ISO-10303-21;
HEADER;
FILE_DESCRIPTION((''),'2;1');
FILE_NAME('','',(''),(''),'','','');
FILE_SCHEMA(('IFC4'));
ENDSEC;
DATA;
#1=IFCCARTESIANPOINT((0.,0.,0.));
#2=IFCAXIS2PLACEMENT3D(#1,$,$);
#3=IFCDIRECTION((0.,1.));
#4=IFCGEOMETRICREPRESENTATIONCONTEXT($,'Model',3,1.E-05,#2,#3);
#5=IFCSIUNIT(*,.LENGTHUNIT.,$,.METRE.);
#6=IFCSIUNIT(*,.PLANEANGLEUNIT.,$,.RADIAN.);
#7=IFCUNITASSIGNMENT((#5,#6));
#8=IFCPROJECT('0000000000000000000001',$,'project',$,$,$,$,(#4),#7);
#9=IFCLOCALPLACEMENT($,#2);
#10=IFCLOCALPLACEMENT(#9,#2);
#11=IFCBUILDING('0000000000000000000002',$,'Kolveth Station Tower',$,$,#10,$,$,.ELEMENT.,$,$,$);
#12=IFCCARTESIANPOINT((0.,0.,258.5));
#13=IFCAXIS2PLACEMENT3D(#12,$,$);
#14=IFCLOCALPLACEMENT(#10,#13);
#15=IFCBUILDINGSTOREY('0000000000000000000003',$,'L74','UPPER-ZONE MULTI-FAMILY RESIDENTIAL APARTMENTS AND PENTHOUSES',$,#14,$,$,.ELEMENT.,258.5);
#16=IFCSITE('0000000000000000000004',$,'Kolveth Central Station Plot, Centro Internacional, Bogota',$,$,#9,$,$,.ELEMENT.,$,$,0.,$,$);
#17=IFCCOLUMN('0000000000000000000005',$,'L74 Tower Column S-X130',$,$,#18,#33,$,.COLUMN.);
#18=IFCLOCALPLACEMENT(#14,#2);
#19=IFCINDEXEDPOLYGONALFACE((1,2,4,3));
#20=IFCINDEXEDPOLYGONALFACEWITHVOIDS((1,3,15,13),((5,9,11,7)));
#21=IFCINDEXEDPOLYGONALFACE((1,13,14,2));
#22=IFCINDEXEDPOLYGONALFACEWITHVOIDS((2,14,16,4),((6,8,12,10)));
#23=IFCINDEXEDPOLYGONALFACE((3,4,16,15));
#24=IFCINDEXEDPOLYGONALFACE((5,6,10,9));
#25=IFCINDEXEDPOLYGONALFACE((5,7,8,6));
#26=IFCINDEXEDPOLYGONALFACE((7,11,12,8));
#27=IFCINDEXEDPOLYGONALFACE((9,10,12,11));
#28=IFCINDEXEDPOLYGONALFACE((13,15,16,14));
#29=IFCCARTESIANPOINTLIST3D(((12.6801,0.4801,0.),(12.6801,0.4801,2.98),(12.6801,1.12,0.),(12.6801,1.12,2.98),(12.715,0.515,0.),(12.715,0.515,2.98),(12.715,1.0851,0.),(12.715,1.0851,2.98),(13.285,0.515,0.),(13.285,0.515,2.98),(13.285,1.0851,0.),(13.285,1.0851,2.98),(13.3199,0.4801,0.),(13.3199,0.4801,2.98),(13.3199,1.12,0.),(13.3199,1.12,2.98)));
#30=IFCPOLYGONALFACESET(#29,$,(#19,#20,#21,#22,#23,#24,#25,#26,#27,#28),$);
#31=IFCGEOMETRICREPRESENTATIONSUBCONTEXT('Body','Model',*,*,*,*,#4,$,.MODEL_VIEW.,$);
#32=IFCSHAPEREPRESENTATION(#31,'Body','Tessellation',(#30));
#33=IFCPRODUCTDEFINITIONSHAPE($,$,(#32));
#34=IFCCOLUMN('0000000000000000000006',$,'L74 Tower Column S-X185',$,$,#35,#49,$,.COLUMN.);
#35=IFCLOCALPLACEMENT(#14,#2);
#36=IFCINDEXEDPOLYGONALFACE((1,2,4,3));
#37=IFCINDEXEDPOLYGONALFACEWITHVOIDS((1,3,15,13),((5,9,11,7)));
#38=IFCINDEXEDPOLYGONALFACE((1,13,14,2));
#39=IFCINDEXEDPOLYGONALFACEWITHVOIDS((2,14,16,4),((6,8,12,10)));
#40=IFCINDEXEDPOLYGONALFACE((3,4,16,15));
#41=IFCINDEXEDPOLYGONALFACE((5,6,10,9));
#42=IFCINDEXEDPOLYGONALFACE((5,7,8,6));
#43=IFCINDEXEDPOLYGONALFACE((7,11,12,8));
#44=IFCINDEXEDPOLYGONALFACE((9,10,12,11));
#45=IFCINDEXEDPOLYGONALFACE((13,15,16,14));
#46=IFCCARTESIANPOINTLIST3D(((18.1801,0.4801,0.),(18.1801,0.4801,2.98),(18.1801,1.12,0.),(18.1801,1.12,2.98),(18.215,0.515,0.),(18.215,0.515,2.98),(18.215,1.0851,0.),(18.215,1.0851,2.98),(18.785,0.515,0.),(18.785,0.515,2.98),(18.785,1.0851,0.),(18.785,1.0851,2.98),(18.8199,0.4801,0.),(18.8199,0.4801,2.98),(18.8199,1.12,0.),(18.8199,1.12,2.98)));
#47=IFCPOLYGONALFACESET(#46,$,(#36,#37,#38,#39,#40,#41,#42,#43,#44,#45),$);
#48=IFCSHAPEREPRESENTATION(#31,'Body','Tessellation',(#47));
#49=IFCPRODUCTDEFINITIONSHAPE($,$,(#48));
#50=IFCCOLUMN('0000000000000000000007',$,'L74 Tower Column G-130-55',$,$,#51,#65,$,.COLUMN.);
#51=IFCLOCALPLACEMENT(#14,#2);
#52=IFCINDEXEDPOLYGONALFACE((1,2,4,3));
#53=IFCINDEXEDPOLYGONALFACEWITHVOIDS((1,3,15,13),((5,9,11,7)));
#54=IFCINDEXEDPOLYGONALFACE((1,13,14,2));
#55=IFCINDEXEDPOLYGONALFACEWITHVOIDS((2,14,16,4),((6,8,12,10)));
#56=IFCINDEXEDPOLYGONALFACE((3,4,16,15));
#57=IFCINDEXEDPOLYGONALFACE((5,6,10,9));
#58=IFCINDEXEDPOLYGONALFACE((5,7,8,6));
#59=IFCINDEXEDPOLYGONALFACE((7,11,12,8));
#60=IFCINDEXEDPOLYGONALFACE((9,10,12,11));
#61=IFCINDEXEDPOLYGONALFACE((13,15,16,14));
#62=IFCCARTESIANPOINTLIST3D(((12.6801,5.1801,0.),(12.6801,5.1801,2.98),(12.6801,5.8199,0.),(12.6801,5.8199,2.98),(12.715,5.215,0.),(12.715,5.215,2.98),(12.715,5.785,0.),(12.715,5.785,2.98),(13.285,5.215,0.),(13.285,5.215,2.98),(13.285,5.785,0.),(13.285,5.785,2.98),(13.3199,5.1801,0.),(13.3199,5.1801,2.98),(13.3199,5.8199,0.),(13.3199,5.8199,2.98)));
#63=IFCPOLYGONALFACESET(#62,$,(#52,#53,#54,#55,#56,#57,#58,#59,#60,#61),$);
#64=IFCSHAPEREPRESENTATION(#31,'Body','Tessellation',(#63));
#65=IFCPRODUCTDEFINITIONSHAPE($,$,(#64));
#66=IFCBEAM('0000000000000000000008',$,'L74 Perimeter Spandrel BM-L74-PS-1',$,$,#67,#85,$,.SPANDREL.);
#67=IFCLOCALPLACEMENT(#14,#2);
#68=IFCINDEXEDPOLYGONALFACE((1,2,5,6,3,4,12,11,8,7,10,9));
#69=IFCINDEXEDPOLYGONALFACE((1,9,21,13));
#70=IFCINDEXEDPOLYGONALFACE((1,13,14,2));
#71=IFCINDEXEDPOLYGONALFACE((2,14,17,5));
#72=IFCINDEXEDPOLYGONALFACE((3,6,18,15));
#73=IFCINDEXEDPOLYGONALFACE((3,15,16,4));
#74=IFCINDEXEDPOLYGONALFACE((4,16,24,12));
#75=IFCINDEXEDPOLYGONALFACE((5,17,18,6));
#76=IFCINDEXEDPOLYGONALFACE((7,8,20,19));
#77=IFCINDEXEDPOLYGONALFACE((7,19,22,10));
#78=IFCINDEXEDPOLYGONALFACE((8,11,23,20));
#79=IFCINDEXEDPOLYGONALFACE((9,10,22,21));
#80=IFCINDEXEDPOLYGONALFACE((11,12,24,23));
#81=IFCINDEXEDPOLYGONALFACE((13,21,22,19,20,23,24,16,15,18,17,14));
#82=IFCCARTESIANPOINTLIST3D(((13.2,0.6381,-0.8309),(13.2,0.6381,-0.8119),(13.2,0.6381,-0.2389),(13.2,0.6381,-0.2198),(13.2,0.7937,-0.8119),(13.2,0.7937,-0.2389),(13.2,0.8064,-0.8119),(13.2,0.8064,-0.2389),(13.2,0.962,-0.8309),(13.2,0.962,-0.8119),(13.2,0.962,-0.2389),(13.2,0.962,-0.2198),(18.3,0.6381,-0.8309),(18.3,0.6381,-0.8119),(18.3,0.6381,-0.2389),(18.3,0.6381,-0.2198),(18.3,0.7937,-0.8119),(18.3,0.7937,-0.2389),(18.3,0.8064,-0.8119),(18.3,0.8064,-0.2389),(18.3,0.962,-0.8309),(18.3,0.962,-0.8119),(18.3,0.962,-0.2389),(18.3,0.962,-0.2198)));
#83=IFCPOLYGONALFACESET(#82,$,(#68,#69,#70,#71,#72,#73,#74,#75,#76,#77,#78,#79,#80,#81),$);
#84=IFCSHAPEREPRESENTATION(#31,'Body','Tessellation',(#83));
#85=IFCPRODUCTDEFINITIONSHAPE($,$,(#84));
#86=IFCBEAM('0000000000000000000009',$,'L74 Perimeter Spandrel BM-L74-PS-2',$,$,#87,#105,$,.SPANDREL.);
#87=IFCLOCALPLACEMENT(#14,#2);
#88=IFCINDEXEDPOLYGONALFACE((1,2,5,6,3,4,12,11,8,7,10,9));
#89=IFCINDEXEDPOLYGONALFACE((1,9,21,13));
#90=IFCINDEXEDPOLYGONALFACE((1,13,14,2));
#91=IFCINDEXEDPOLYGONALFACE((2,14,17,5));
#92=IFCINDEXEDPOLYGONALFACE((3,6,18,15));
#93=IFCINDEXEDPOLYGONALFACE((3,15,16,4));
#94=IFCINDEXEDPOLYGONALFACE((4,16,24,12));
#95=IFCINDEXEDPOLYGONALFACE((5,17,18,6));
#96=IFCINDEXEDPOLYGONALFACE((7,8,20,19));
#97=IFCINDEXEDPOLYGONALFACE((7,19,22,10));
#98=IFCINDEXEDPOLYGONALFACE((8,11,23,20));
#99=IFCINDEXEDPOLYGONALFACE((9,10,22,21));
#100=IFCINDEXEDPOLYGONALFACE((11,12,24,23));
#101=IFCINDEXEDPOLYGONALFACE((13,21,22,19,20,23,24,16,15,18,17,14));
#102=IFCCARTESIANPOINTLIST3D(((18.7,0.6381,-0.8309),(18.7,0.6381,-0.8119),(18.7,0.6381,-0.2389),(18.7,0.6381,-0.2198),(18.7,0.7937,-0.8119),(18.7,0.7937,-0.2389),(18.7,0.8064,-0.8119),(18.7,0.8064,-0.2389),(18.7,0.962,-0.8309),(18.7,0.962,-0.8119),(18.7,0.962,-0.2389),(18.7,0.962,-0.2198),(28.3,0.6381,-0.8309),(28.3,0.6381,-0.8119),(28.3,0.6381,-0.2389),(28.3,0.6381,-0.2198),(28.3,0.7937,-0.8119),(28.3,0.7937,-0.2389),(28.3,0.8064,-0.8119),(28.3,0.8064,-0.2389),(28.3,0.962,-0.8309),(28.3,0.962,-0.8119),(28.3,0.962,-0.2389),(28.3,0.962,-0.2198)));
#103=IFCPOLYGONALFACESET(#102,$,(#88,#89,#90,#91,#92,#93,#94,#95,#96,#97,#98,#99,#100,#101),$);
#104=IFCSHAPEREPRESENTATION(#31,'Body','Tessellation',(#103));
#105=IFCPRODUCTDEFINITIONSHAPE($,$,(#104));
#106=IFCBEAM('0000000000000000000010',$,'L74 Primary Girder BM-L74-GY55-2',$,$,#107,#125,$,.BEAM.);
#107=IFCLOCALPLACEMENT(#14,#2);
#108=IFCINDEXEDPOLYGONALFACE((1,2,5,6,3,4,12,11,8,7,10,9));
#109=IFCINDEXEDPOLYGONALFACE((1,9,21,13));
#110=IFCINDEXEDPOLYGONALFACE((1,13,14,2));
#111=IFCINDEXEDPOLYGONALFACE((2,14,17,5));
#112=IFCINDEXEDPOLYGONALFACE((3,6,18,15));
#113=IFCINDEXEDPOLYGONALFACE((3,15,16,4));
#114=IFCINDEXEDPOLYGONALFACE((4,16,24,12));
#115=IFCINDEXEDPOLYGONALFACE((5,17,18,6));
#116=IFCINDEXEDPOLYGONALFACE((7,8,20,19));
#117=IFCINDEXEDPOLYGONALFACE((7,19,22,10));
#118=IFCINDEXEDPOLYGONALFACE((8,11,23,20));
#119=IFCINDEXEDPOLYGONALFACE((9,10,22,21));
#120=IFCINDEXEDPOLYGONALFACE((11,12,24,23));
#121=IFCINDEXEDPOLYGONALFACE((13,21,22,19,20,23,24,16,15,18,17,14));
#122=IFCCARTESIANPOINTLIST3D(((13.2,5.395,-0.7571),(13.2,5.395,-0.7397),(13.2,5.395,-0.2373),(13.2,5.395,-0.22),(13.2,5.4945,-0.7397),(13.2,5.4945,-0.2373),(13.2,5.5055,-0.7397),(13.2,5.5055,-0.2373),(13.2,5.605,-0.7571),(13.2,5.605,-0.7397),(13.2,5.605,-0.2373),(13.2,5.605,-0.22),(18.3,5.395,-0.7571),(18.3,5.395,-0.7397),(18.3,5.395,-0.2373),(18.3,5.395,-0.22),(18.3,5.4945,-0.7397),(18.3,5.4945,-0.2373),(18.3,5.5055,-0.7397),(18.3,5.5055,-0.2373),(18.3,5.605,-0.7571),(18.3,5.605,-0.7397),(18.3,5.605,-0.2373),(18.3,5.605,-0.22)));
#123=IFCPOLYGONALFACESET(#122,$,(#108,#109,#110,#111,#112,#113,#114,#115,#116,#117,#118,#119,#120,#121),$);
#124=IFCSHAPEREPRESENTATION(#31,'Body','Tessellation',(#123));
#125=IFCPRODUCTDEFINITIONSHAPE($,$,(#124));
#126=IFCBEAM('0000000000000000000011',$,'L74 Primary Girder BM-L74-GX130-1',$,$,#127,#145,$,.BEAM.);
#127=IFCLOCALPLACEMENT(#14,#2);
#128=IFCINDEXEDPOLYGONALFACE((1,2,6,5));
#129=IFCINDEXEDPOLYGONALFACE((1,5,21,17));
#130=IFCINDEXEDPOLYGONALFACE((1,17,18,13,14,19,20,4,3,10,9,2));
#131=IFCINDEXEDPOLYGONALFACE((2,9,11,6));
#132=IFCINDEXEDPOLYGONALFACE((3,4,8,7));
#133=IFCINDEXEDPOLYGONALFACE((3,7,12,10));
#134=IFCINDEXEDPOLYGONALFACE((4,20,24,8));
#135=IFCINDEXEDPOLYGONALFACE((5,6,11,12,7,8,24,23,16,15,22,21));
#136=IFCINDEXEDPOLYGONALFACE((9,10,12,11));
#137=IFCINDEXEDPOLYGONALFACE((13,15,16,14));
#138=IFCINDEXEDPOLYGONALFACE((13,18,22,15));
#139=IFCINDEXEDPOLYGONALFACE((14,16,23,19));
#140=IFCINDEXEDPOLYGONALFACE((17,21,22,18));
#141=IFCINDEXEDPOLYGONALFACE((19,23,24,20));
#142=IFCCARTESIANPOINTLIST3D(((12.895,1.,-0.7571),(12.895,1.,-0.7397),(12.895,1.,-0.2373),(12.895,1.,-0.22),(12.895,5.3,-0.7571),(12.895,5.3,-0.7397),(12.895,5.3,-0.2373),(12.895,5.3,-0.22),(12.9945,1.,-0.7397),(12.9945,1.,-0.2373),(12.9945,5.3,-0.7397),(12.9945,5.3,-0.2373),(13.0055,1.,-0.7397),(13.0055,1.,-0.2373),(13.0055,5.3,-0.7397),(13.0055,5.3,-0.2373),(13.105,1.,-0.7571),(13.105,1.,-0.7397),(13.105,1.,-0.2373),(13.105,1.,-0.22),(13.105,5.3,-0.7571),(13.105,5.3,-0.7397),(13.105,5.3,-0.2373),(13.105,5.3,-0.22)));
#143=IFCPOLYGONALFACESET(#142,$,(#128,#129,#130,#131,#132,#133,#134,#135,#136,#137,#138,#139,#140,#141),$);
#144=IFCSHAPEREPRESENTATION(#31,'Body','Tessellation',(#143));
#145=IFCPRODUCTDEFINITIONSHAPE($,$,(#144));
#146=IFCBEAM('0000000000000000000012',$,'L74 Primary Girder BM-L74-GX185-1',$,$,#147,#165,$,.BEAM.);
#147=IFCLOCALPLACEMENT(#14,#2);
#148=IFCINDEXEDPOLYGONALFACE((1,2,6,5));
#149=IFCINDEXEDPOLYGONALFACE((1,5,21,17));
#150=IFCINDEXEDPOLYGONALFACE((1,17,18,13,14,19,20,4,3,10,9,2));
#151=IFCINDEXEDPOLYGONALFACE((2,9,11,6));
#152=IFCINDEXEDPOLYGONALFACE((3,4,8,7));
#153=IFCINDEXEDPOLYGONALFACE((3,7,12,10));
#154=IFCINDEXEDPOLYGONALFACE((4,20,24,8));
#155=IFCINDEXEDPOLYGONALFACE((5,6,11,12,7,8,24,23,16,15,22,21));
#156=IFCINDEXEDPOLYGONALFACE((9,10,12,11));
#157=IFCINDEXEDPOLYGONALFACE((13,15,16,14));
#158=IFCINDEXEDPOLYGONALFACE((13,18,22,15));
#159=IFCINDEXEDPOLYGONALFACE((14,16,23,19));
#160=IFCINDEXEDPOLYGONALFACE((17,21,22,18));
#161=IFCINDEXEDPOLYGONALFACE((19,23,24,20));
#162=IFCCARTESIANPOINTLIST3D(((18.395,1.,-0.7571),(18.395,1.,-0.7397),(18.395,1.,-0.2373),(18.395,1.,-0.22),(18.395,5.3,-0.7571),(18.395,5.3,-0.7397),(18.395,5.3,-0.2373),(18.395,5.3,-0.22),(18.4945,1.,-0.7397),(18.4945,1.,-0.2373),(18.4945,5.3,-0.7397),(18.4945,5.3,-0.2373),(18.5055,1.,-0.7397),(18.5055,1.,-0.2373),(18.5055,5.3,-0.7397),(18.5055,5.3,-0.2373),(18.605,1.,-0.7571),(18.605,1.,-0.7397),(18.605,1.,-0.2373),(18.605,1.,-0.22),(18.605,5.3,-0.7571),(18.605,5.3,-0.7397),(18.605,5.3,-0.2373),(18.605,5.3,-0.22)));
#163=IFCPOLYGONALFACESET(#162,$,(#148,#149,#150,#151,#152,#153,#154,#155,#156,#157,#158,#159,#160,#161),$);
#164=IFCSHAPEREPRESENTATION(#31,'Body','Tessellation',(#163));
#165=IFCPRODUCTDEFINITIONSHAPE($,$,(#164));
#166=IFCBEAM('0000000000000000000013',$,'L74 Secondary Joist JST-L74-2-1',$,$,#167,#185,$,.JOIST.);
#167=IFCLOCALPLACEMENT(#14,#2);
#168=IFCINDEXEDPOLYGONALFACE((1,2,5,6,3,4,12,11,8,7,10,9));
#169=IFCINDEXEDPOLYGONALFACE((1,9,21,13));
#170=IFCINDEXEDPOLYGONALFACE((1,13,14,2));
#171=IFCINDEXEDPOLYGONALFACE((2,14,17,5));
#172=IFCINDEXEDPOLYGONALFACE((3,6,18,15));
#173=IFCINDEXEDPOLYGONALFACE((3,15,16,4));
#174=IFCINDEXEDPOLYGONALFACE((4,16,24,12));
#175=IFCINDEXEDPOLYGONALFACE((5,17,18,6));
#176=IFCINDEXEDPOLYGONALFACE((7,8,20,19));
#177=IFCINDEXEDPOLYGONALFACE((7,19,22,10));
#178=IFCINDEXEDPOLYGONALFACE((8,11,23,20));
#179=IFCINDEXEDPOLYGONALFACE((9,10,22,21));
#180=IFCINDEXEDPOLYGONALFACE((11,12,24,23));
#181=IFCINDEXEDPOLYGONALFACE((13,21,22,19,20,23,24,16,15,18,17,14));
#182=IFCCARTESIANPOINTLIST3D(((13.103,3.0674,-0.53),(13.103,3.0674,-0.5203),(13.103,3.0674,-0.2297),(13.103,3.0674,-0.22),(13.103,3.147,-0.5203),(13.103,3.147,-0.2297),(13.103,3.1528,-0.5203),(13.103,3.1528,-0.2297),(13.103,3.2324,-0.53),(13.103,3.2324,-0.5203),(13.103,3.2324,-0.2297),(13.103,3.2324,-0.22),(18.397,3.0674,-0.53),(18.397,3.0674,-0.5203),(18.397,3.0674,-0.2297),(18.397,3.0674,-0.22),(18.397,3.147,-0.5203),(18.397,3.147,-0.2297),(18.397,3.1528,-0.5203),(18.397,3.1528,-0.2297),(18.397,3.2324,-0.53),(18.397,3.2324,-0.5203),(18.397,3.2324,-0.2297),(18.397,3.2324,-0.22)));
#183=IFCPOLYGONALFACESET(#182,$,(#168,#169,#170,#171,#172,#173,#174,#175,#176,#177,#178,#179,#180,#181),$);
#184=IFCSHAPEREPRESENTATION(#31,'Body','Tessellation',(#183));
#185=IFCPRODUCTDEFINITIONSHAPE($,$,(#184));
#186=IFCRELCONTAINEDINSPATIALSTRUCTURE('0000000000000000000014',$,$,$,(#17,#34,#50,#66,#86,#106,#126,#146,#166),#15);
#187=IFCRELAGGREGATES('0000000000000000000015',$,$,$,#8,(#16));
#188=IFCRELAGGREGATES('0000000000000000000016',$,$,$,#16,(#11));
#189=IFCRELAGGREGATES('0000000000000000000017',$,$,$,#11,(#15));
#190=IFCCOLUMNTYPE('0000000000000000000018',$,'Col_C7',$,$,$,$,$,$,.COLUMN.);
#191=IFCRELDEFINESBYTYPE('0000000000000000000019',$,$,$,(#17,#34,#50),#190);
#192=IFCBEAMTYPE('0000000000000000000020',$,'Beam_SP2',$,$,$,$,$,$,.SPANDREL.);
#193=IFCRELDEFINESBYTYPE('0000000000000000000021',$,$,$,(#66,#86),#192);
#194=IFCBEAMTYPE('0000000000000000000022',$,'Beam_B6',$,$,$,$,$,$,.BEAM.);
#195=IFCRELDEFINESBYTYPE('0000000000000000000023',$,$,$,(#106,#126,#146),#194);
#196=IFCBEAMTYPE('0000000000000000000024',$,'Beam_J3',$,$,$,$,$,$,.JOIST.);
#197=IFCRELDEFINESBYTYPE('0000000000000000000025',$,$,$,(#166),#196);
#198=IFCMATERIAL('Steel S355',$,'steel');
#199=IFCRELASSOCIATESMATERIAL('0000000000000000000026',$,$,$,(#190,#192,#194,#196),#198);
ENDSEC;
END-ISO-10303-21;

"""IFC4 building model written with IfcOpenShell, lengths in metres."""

from ifc_helpers import new_model, si_unit, direction, frame, origin, origin_2d, place, context, subcontext, project, spatial, hollow_rectangle, i_section, extrude, source, transform, mapped, material, material_profile, profile_set, type_object, element, save


model = new_model("IFC4")

# Units and contexts
model_context = context("Model", 3, precision=1e-05, world=origin(), true_north=direction((0.0, 1.0)))
body_context = subcontext(model_context, "Body", "Model", "MODEL_VIEW")
ifc_project = project(units=[si_unit("LENGTHUNIT", "METRE"), si_unit("PLANEANGLEUNIT", "RADIAN")], contexts=[model_context])

# Site, building, storey
site_placement = place(None, origin())
site = spatial("IfcSite", under=ifc_project, at=site_placement, Name="Kolveth Central Station Plot, Centro Internacional, Bogota", CompositionType="ELEMENT", RefElevation=0.0)
building_placement = place(site_placement, origin())
building = spatial("IfcBuilding", under=site, at=building_placement, Name="Kolveth Station Tower", CompositionType="ELEMENT")
storey_placement = place(building_placement, frame((0.0, 0.0, 258.5)))
storey = spatial("IfcBuildingStorey", under=building, at=storey_placement, Name="L74", Description="UPPER-ZONE MULTI-FAMILY RESIDENTIAL APARTMENTS AND PENTHOUSES", CompositionType="ELEMENT", Elevation=258.5)

# Columns
ifc_material_1 = material(Name="Steel S355", Category="steel")
ifc_material_profile_1 = material_profile(ifc_material_1, hollow_rectangle(XDim=0.6399, YDim=0.6399, WallThickness=0.0349, at=origin_2d()), Name="BOX640x640x35")
ifc_profile_set_1 = profile_set([ifc_material_profile_1], Name="Steel S355")
column_type = type_object("IfcColumnType", Name="Col_C7", PredefinedType="COLUMN", material=ifc_profile_set_1)
shared_shape_1 = source(origin(), body_context, "Body", "SweptSolid", [
    extrude(hollow_rectangle(XDim=0.6399, YDim=0.6399, WallThickness=0.0349, at=origin_2d()), origin(), (0.0, 0.0, 1.0), 2.98),
])
for number, where, z_axis, x_axis, name in (
    (1, (13.0, 0.8, 0.0), (0.0, 0.0, 1.0), (1.0, 0.0, 0.0), "L74 Tower Column S-X130"),
    (2, (18.5, 0.8, 0.0), (0.0, 0.0, 1.0), (1.0, 0.0, 0.0), "L74 Tower Column S-X185"),
    (3, (13.0, 5.5, 0.0), (0.0, 0.0, 1.0), (1.0, 0.0, 0.0), "L74 Tower Column G-130-55"),
):
    element("IfcColumn", number, at=place(storey_placement, frame(where, z_axis=z_axis, x_axis=x_axis)), inside=storey, type_object=column_type, Name=name, PredefinedType="COLUMN", context=body_context, shape_type="MappedRepresentation", body=[
        mapped(shared_shape_1, transform((0.0, 0.0, 0.0), x_axis=(1.0, 0.0, 0.0), y_axis=(0.0, 1.0, 0.0), z_axis=(0.0, 0.0, 1.0), scale=1.0)),
    ])

# Beams
ifc_material_profile_2 = material_profile(ifc_material_1, i_section(OverallWidth=0.324, OverallDepth=0.6111, WebThickness=0.0127, FlangeThickness=0.019, at=origin_2d()), Name="W610x155")
ifc_profile_set_2 = profile_set([ifc_material_profile_2], Name="Steel S355")
beam_type_1 = type_object("IfcBeamType", Name="Beam_SP2", PredefinedType="SPANDREL", material=ifc_profile_set_2)
shared_shape_2 = source(origin(), body_context, "Body", "SweptSolid", [
    extrude(i_section(OverallWidth=0.324, OverallDepth=0.6111, WebThickness=0.0127, FlangeThickness=0.019, at=origin_2d()), origin(), (0.0, 0.0, 1.0), 5.1001),
])
beam_1_placement = place(storey_placement, frame((13.2, 0.8, -0.5254), z_axis=(1.0, 0.0, 0.0), x_axis=(0.0, 1.0, 0.0)))
element("IfcBeam", 4, at=beam_1_placement, inside=storey, type_object=beam_type_1, Name="L74 Perimeter Spandrel BM-L74-PS-1", PredefinedType="SPANDREL", context=body_context, shape_type="MappedRepresentation", body=[
    mapped(shared_shape_2, transform((0.0, 0.0, 0.0), x_axis=(1.0, 0.0, 0.0), y_axis=(0.0, 1.0, 0.0), z_axis=(0.0, 0.0, 1.0), scale=1.0)),
])
shared_shape_3 = source(origin(), body_context, "Body", "SweptSolid", [
    extrude(i_section(OverallWidth=0.324, OverallDepth=0.6111, WebThickness=0.0127, FlangeThickness=0.019, at=origin_2d()), origin(), (0.0, 0.0, 1.0), 9.6001),
])
beam_2_placement = place(storey_placement, frame((18.7, 0.8, -0.5254), z_axis=(1.0, 0.0, 0.0), x_axis=(0.0, 1.0, 0.0)))
element("IfcBeam", 5, at=beam_2_placement, inside=storey, type_object=beam_type_1, Name="L74 Perimeter Spandrel BM-L74-PS-2", PredefinedType="SPANDREL", context=body_context, shape_type="MappedRepresentation", body=[
    mapped(shared_shape_3, transform((0.0, 0.0, 0.0), x_axis=(1.0, 0.0, 0.0), y_axis=(0.0, 1.0, 0.0), z_axis=(0.0, 0.0, 1.0), scale=1.0)),
])
ifc_material_profile_3 = material_profile(ifc_material_1, i_section(OverallWidth=0.21, OverallDepth=0.5371, WebThickness=0.011, FlangeThickness=0.0173, at=origin_2d()), Name="W530x101")
ifc_profile_set_3 = profile_set([ifc_material_profile_3], Name="Steel S355")
beam_type_2 = type_object("IfcBeamType", Name="Beam_B6", PredefinedType="BEAM", material=ifc_profile_set_3)
shared_shape_4 = source(origin(), body_context, "Body", "SweptSolid", [
    extrude(i_section(OverallWidth=0.21, OverallDepth=0.5371, WebThickness=0.011, FlangeThickness=0.0173, at=origin_2d()), origin(), (0.0, 0.0, 1.0), 5.1001),
])
beam_3_placement = place(storey_placement, frame((13.2, 5.5, -0.4885), z_axis=(1.0, 0.0, 0.0), x_axis=(0.0, 1.0, 0.0)))
element("IfcBeam", 6, at=beam_3_placement, inside=storey, type_object=beam_type_2, Name="L74 Primary Girder BM-L74-GY55-2", PredefinedType="BEAM", context=body_context, shape_type="MappedRepresentation", body=[
    mapped(shared_shape_4, transform((0.0, 0.0, 0.0), x_axis=(1.0, 0.0, 0.0), y_axis=(0.0, 1.0, 0.0), z_axis=(0.0, 0.0, 1.0), scale=1.0)),
])
shared_shape_5 = source(origin(), body_context, "Body", "SweptSolid", [
    extrude(i_section(OverallWidth=0.21, OverallDepth=0.5371, WebThickness=0.011, FlangeThickness=0.0173, at=origin_2d()), origin(), (0.0, 0.0, 1.0), 4.3),
])
for number, where, z_axis, x_axis, name in (
    (7, (13.0, 1.0, -0.4885), (0.0, 1.0, 0.0), (-1.0, 0.0, 0.0), "L74 Primary Girder BM-L74-GX130-1"),
    (8, (18.5, 1.0, -0.4885), (0.0, 1.0, 0.0), (-1.0, 0.0, 0.0), "L74 Primary Girder BM-L74-GX185-1"),
):
    element("IfcBeam", number, at=place(storey_placement, frame(where, z_axis=z_axis, x_axis=x_axis)), inside=storey, type_object=beam_type_2, Name=name, PredefinedType="BEAM", context=body_context, shape_type="MappedRepresentation", body=[
        mapped(shared_shape_5, transform((0.0, 0.0, 0.0), x_axis=(1.0, 0.0, 0.0), y_axis=(0.0, 1.0, 0.0), z_axis=(0.0, 0.0, 1.0), scale=1.0)),
    ])
ifc_material_profile_4 = material_profile(ifc_material_1, i_section(OverallWidth=0.165, OverallDepth=0.3101, WebThickness=0.0059, FlangeThickness=0.0098, at=origin_2d()), Name="W310x39")
ifc_profile_set_4 = profile_set([ifc_material_profile_4], Name="Steel S355")
beam_type_3 = type_object("IfcBeamType", Name="Beam_J3", PredefinedType="JOIST", material=ifc_profile_set_4)
shared_shape_6 = source(origin(), body_context, "Body", "SweptSolid", [
    extrude(i_section(OverallWidth=0.165, OverallDepth=0.3101, WebThickness=0.0059, FlangeThickness=0.0098, at=origin_2d()), origin(), (0.0, 0.0, 1.0), 5.2939),
])
beam_4_placement = place(storey_placement, frame((13.103, 3.1499, -0.375), z_axis=(1.0, 0.0, 0.0), x_axis=(0.0, 1.0, 0.0)))
element("IfcBeam", 9, at=beam_4_placement, inside=storey, type_object=beam_type_3, Name="L74 Secondary Joist JST-L74-2-1", PredefinedType="JOIST", context=body_context, shape_type="MappedRepresentation", body=[
    mapped(shared_shape_6, transform((0.0, 0.0, 0.0), x_axis=(1.0, 0.0, 0.0), y_axis=(0.0, 1.0, 0.0), z_axis=(0.0, 0.0, 1.0), scale=1.0)),
])

save(model, "model.ifc")
